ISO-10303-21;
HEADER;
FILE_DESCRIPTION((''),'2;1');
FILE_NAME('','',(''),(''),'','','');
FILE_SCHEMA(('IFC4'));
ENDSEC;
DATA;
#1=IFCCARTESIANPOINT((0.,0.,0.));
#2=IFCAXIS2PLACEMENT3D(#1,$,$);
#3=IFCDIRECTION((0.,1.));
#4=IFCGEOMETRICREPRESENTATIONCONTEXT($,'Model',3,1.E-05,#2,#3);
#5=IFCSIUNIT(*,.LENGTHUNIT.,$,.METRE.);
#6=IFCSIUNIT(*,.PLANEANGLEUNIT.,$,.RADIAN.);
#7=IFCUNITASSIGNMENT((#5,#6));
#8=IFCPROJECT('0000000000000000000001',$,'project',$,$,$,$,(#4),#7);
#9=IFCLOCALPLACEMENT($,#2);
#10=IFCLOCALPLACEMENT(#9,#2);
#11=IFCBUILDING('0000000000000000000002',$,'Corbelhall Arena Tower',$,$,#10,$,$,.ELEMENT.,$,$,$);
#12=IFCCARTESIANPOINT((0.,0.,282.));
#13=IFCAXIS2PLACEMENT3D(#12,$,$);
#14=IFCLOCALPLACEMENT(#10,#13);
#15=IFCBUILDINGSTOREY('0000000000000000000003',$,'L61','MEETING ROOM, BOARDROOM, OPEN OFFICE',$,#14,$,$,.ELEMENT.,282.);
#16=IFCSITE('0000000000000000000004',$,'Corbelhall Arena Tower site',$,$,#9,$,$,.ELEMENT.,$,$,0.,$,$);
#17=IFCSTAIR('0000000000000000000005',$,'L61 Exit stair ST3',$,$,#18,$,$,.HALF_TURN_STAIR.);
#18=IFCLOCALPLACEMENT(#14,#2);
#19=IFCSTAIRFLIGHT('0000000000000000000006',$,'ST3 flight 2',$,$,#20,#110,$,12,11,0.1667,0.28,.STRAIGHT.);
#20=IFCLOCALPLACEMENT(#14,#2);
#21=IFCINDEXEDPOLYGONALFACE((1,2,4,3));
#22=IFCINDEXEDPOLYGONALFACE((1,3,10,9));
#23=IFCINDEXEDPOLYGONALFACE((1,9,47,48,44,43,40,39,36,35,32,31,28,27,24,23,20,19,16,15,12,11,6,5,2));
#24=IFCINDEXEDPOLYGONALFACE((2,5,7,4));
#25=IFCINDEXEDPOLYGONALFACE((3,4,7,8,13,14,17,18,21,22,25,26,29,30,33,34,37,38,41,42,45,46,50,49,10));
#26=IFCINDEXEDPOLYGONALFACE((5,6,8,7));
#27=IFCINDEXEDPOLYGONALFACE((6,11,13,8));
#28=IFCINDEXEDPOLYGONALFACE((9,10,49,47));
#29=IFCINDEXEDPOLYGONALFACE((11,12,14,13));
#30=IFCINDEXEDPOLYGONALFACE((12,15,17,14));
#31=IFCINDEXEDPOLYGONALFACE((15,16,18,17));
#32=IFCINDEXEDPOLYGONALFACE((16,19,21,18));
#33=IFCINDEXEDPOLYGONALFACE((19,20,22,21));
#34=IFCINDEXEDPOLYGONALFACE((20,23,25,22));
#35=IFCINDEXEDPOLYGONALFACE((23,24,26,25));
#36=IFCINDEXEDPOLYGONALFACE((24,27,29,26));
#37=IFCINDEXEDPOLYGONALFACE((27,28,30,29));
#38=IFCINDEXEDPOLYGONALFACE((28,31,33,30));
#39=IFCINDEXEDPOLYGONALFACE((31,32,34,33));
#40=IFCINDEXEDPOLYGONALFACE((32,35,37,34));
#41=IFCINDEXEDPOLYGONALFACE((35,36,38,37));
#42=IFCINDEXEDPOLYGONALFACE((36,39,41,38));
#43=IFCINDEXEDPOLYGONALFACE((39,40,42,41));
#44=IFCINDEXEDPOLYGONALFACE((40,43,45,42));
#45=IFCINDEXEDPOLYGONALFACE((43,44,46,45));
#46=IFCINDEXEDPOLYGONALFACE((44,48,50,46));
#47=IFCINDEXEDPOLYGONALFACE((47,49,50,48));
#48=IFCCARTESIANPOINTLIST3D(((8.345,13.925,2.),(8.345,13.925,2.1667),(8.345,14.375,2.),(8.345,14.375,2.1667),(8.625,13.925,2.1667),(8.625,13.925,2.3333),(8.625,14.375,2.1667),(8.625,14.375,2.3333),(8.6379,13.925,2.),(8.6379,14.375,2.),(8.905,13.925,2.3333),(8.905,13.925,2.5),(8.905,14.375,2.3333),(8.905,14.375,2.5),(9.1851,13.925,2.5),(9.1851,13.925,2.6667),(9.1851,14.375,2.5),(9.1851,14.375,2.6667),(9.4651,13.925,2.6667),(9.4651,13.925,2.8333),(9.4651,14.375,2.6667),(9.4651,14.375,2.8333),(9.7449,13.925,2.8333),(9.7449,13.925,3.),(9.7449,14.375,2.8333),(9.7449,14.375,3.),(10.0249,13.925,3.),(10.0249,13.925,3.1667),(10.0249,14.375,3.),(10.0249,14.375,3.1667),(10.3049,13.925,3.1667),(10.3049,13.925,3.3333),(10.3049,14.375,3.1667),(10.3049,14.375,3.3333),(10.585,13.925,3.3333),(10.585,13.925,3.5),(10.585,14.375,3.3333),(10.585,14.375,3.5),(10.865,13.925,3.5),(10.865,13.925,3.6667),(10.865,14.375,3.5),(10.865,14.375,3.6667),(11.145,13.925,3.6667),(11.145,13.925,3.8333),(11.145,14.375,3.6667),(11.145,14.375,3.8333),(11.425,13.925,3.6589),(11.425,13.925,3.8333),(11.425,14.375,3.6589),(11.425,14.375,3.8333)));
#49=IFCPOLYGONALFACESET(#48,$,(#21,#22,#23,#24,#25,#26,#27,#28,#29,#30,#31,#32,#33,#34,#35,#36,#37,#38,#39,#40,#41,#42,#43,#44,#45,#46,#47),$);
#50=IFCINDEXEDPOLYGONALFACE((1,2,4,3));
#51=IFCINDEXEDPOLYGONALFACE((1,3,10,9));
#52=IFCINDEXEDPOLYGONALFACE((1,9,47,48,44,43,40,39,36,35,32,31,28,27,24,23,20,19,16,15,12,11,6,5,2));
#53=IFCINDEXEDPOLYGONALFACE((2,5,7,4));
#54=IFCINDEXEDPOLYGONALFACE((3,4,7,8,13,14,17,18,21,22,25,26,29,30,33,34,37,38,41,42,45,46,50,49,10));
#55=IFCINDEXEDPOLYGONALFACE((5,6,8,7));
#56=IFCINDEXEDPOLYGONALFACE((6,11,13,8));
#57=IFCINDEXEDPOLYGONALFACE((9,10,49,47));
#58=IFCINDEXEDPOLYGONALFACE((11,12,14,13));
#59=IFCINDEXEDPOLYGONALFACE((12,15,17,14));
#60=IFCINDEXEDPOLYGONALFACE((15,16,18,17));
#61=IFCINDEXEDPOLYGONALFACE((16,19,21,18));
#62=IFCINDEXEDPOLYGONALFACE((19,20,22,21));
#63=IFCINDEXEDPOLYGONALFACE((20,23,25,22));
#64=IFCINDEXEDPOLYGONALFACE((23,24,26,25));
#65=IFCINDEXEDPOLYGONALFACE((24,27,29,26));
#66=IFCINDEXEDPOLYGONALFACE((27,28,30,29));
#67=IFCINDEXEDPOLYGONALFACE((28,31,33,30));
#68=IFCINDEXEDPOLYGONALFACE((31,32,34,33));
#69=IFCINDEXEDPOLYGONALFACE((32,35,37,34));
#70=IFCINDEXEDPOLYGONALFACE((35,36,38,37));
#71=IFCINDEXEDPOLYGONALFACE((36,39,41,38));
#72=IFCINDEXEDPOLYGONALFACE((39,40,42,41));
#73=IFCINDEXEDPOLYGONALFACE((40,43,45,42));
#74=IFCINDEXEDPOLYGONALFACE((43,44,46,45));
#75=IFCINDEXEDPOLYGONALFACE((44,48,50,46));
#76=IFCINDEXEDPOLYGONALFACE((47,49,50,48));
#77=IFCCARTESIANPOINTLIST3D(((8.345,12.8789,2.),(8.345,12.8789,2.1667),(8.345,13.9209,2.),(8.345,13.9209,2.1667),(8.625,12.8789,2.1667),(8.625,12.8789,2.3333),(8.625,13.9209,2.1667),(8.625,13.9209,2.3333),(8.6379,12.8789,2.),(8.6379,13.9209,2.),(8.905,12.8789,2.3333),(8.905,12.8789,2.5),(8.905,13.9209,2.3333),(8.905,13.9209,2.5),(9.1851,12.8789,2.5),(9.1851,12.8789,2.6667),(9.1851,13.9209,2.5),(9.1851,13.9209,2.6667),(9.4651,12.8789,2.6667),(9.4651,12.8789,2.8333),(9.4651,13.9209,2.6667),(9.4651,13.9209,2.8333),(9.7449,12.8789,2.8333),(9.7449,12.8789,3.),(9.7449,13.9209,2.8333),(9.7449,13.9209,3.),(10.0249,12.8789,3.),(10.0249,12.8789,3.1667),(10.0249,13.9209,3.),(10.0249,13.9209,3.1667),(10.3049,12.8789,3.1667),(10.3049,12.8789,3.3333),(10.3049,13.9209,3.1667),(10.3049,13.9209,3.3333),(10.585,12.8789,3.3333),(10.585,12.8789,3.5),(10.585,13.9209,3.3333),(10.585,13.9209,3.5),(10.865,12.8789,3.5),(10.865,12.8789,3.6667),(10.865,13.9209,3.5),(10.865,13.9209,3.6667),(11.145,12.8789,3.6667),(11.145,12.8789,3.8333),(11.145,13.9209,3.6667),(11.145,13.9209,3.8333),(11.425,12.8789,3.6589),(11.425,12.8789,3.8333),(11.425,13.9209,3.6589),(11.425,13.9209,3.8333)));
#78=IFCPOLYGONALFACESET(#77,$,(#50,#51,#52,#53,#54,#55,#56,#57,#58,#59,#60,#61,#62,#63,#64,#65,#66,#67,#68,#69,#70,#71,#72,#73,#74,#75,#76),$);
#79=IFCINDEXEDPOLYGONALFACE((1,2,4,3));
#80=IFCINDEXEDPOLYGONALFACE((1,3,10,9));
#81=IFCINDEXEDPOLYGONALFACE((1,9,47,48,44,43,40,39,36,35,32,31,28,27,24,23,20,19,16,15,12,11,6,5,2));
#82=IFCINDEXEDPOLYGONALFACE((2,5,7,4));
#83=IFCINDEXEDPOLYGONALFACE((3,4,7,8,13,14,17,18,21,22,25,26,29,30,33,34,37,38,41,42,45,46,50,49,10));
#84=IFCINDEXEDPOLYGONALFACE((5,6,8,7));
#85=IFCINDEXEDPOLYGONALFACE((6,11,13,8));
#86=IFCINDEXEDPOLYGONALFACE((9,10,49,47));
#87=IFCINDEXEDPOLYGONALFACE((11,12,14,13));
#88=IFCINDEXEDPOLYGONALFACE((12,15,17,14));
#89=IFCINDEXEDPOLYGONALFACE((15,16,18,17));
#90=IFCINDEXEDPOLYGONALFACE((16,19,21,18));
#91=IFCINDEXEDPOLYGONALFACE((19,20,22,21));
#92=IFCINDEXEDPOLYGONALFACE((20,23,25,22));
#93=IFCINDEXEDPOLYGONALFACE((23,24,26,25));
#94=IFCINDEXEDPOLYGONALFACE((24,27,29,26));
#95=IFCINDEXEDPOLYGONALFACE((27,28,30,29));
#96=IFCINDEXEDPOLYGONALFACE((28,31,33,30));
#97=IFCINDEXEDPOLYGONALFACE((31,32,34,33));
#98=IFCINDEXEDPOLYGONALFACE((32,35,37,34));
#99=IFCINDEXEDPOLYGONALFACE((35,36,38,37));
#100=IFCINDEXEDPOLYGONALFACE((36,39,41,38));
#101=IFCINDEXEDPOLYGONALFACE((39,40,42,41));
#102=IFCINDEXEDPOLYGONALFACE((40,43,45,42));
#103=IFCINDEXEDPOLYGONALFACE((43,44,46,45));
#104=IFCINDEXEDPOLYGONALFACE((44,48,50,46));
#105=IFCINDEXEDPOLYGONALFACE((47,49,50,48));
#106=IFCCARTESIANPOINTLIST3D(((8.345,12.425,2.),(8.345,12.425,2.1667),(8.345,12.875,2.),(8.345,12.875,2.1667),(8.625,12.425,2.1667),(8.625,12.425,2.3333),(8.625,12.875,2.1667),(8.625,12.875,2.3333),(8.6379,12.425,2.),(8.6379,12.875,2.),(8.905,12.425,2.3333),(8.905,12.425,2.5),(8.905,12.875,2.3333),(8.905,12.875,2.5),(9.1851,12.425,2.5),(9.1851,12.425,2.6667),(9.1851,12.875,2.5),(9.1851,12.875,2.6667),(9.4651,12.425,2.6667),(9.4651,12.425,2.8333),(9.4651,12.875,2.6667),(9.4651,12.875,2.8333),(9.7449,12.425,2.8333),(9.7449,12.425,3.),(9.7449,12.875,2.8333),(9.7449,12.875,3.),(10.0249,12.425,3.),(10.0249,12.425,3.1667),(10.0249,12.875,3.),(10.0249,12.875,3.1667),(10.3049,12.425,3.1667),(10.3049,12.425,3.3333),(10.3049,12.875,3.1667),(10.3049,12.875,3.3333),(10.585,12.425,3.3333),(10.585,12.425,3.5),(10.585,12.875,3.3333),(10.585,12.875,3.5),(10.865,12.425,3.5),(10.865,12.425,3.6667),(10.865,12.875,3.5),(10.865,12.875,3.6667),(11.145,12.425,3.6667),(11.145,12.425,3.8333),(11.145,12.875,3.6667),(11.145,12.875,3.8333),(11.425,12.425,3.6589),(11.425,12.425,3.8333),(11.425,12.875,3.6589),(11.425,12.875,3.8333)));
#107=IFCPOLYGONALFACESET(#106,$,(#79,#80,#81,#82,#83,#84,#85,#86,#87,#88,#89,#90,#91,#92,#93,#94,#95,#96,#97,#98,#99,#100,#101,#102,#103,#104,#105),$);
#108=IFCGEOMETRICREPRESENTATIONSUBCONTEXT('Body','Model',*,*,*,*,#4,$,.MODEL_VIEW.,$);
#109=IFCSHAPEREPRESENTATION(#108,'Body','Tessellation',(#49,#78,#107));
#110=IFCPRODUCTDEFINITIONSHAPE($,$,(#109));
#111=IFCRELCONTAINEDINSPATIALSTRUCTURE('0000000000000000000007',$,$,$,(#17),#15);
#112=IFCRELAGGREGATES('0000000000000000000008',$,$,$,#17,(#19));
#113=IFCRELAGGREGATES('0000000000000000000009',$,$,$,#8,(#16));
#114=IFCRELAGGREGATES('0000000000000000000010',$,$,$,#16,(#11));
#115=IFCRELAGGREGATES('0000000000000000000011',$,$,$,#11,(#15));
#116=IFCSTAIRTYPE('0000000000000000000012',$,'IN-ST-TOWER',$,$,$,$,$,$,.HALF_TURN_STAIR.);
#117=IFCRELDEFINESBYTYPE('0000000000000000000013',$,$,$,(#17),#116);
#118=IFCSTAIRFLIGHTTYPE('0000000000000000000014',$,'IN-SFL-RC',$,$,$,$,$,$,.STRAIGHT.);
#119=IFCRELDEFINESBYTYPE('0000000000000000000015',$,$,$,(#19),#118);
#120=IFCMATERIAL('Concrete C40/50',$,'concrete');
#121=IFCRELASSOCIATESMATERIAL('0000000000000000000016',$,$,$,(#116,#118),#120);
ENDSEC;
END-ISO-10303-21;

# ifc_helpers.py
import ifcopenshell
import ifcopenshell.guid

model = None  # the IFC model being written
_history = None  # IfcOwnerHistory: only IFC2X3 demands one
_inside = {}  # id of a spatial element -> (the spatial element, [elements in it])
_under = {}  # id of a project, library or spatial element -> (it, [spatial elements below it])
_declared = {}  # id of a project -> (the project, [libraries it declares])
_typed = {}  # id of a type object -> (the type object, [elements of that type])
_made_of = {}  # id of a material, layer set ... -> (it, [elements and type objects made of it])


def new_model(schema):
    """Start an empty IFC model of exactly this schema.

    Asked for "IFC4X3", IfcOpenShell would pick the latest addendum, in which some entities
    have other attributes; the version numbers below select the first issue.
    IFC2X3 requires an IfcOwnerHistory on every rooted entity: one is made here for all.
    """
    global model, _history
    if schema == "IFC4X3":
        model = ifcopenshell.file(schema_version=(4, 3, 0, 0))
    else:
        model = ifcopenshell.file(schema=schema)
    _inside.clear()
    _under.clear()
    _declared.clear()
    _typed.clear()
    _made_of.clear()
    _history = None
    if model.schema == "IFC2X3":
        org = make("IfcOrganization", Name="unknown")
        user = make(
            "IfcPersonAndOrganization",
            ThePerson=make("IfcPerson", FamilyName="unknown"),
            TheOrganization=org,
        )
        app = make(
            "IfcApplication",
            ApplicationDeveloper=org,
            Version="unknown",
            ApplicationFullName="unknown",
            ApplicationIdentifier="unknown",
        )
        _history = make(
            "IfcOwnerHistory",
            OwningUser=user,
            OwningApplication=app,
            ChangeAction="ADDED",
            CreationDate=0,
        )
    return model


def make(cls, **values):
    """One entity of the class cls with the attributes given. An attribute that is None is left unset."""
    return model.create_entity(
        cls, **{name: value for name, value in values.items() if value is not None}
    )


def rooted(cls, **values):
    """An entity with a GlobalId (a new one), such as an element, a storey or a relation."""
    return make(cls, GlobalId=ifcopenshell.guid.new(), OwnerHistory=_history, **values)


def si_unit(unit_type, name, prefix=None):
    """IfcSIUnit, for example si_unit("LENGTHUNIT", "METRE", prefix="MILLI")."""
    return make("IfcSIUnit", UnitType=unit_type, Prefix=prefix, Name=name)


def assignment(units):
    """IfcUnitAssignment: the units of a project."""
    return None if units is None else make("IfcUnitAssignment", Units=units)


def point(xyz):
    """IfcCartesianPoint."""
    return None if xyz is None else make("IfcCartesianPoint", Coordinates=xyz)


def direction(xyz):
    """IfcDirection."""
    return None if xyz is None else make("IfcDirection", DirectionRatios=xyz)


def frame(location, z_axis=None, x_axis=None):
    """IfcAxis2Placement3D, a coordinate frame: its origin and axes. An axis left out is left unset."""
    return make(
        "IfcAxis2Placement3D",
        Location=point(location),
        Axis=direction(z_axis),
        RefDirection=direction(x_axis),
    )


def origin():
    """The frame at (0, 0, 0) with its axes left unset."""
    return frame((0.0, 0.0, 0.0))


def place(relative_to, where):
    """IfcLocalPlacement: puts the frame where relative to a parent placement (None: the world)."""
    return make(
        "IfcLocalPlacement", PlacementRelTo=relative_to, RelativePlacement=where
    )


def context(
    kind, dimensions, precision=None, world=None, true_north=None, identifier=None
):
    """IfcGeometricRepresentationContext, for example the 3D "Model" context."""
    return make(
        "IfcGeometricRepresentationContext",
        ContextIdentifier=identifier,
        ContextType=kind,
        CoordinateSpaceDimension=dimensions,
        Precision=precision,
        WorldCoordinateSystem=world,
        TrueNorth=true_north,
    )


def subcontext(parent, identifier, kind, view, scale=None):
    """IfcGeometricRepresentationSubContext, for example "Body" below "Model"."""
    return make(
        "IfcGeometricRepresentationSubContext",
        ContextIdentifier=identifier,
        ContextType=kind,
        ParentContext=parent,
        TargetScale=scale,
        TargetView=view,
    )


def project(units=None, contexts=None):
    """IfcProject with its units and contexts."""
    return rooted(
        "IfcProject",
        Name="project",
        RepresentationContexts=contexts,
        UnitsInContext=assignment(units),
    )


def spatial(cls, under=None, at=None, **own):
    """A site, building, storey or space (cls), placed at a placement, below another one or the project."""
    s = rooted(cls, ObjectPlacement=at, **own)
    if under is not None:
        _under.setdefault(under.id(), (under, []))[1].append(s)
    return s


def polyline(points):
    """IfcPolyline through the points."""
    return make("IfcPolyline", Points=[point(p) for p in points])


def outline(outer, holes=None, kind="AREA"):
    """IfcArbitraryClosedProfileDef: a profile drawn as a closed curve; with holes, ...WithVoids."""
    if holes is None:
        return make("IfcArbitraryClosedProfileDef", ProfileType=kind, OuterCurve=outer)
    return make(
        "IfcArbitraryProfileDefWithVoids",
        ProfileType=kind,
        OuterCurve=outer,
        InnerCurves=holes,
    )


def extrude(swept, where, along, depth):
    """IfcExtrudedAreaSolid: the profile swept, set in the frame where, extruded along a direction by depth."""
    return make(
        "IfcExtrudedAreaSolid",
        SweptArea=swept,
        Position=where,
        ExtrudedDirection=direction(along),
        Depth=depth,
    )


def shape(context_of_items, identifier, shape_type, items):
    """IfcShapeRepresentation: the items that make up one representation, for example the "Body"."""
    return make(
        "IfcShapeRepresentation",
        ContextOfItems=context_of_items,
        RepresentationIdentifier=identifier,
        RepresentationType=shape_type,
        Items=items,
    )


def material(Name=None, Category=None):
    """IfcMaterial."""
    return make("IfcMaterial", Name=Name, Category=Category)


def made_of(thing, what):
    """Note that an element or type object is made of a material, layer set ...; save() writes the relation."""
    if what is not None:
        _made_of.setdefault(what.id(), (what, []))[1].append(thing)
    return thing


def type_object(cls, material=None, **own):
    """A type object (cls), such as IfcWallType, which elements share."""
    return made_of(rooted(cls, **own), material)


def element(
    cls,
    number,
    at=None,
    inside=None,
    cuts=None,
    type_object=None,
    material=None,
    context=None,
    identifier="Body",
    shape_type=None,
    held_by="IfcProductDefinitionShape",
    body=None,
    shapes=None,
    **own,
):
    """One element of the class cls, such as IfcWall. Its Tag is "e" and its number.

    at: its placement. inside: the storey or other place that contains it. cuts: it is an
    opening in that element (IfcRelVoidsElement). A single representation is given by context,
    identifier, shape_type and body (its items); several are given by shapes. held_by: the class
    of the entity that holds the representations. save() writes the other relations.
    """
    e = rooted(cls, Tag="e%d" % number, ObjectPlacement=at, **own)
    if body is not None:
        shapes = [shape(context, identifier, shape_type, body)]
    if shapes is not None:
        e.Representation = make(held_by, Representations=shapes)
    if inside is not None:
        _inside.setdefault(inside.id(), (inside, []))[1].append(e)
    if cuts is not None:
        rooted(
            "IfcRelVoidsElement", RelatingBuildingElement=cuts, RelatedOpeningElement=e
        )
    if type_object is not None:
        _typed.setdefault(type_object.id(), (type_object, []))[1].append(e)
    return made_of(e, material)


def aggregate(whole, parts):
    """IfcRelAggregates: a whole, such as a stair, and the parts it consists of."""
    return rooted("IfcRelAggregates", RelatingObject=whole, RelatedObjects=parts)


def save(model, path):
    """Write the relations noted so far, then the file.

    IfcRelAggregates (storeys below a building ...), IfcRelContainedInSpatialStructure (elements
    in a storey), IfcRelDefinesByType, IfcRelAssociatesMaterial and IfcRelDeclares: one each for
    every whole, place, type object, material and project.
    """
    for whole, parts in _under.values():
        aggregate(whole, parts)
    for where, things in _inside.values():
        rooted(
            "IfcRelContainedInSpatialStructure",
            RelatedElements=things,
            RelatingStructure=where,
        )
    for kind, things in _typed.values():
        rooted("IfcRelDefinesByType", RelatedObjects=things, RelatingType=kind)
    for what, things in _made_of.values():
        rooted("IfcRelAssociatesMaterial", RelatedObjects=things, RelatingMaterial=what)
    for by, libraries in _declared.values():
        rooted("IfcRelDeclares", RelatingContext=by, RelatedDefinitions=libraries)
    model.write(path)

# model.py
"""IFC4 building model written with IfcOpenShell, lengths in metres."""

from ifc_helpers import new_model, si_unit, direction, frame, origin, place, context, subcontext, project, spatial, polyline, outline, extrude, material, type_object, element, aggregate, save


model = new_model("IFC4")

# Units and contexts
model_context = context("Model", 3, precision=1e-05, world=origin(), true_north=direction((0.0, 1.0)))
body_context = subcontext(model_context, "Body", "Model", "MODEL_VIEW")
ifc_project = project(units=[si_unit("LENGTHUNIT", "METRE"), si_unit("PLANEANGLEUNIT", "RADIAN")], contexts=[model_context])

# Site, building, storey
site_placement = place(None, origin())
site = spatial("IfcSite", under=ifc_project, at=site_placement, Name="Corbelhall Arena Tower site", CompositionType="ELEMENT", RefElevation=0.0)
building_placement = place(site_placement, origin())
building = spatial("IfcBuilding", under=site, at=building_placement, Name="Corbelhall Arena Tower", CompositionType="ELEMENT")
storey_placement = place(building_placement, frame((0.0, 0.0, 282.0)))
storey = spatial("IfcBuildingStorey", under=building, at=storey_placement, Name="L61", Description="MEETING ROOM, BOARDROOM, OPEN OFFICE", CompositionType="ELEMENT", Elevation=282.0)

# Shared definitions
ifc_material_1 = material(Name="Concrete C40/50", Category="concrete")

# Stair, stair flight
stair_type = type_object("IfcStairType", Name="IN-ST-TOWER", PredefinedType="HALF_TURN_STAIR", material=ifc_material_1)
stair_placement = place(storey_placement, origin())
stair = element("IfcStair", 1, at=stair_placement, inside=storey, type_object=stair_type, Name="L61 Exit stair ST3", PredefinedType="HALF_TURN_STAIR")
stair_flight_type = type_object("IfcStairFlightType", Name="IN-SFL-RC", PredefinedType="STRAIGHT", material=ifc_material_1)
stair_flight_1_placement = place(storey_placement, frame((8.345, 13.3999, 2.0), z_axis=(0.0, 0.0, 1.0), x_axis=(1.0, 0.0, 0.0)))
stair_flight_1 = element("IfcStairFlight", 2, at=stair_flight_1_placement, type_object=stair_flight_type, Name="ST3 flight 2", NumberOfRisers=12, NumberOfTreads=11, PredefinedType="STRAIGHT", RiserHeight=0.1667, TreadLength=0.28, context=body_context, shape_type="SweptSolid", body=[
    extrude(outline(polyline([(0.0, 0.0), (0.0, 0.1667), (0.28, 0.1667), (0.28, 0.3333), (0.5601, 0.3333), (0.5601, 0.5), (0.8401, 0.5), (0.8401, 0.6667), (1.1201, 0.6667), (1.1201, 0.8333), (1.3999, 0.8333), (1.3999, 1.0), (1.6799, 1.0), (1.6799, 1.1667), (1.96, 1.1667), (1.96, 1.3333), (2.24, 1.3333), (2.24, 1.5), (2.52, 1.5), (2.52, 1.6667), (2.8, 1.6667), (2.8, 1.8333), (3.0801, 1.8333), (3.0801, 2.0), (3.0801, 1.6589), (0.293, 0.0), (0.0, 0.0)])), frame((0.0, 0.9751, 0.0), z_axis=(0.0, -1.0, 0.0), x_axis=(1.0, 0.0, 0.0)), (0.0, 0.0, 1.0), 0.45),
    extrude(outline(polyline([(0.0, 0.0), (0.0, 0.1667), (0.28, 0.1667), (0.28, 0.3333), (0.5601, 0.3333), (0.5601, 0.5), (0.8401, 0.5), (0.8401, 0.6667), (1.1201, 0.6667), (1.1201, 0.8333), (1.3999, 0.8333), (1.3999, 1.0), (1.6799, 1.0), (1.6799, 1.1667), (1.96, 1.1667), (1.96, 1.3333), (2.24, 1.3333), (2.24, 1.5), (2.52, 1.5), (2.52, 1.6667), (2.8, 1.6667), (2.8, 1.8333), (3.0801, 1.8333), (3.0801, 2.0), (3.0801, 1.6589), (0.293, 0.0), (0.0, 0.0)])), frame((0.0, 0.521, 0.0), z_axis=(0.0, -1.0, 0.0), x_axis=(1.0, 0.0, 0.0)), (0.0, 0.0, 1.0), 1.042),
    extrude(outline(polyline([(0.0, 0.0), (0.0, 0.1667), (0.28, 0.1667), (0.28, 0.3333), (0.5601, 0.3333), (0.5601, 0.5), (0.8401, 0.5), (0.8401, 0.6667), (1.1201, 0.6667), (1.1201, 0.8333), (1.3999, 0.8333), (1.3999, 1.0), (1.6799, 1.0), (1.6799, 1.1667), (1.96, 1.1667), (1.96, 1.3333), (2.24, 1.3333), (2.24, 1.5), (2.52, 1.5), (2.52, 1.6667), (2.8, 1.6667), (2.8, 1.8333), (3.0801, 1.8333), (3.0801, 2.0), (3.0801, 1.6589), (0.293, 0.0), (0.0, 0.0)])), frame((0.0, -0.5249, 0.0), z_axis=(0.0, -1.0, 0.0), x_axis=(1.0, 0.0, 0.0)), (0.0, 0.0, 1.0), 0.45),
])
aggregate(stair, [stair_flight_1])

save(model, "model.ifc")
